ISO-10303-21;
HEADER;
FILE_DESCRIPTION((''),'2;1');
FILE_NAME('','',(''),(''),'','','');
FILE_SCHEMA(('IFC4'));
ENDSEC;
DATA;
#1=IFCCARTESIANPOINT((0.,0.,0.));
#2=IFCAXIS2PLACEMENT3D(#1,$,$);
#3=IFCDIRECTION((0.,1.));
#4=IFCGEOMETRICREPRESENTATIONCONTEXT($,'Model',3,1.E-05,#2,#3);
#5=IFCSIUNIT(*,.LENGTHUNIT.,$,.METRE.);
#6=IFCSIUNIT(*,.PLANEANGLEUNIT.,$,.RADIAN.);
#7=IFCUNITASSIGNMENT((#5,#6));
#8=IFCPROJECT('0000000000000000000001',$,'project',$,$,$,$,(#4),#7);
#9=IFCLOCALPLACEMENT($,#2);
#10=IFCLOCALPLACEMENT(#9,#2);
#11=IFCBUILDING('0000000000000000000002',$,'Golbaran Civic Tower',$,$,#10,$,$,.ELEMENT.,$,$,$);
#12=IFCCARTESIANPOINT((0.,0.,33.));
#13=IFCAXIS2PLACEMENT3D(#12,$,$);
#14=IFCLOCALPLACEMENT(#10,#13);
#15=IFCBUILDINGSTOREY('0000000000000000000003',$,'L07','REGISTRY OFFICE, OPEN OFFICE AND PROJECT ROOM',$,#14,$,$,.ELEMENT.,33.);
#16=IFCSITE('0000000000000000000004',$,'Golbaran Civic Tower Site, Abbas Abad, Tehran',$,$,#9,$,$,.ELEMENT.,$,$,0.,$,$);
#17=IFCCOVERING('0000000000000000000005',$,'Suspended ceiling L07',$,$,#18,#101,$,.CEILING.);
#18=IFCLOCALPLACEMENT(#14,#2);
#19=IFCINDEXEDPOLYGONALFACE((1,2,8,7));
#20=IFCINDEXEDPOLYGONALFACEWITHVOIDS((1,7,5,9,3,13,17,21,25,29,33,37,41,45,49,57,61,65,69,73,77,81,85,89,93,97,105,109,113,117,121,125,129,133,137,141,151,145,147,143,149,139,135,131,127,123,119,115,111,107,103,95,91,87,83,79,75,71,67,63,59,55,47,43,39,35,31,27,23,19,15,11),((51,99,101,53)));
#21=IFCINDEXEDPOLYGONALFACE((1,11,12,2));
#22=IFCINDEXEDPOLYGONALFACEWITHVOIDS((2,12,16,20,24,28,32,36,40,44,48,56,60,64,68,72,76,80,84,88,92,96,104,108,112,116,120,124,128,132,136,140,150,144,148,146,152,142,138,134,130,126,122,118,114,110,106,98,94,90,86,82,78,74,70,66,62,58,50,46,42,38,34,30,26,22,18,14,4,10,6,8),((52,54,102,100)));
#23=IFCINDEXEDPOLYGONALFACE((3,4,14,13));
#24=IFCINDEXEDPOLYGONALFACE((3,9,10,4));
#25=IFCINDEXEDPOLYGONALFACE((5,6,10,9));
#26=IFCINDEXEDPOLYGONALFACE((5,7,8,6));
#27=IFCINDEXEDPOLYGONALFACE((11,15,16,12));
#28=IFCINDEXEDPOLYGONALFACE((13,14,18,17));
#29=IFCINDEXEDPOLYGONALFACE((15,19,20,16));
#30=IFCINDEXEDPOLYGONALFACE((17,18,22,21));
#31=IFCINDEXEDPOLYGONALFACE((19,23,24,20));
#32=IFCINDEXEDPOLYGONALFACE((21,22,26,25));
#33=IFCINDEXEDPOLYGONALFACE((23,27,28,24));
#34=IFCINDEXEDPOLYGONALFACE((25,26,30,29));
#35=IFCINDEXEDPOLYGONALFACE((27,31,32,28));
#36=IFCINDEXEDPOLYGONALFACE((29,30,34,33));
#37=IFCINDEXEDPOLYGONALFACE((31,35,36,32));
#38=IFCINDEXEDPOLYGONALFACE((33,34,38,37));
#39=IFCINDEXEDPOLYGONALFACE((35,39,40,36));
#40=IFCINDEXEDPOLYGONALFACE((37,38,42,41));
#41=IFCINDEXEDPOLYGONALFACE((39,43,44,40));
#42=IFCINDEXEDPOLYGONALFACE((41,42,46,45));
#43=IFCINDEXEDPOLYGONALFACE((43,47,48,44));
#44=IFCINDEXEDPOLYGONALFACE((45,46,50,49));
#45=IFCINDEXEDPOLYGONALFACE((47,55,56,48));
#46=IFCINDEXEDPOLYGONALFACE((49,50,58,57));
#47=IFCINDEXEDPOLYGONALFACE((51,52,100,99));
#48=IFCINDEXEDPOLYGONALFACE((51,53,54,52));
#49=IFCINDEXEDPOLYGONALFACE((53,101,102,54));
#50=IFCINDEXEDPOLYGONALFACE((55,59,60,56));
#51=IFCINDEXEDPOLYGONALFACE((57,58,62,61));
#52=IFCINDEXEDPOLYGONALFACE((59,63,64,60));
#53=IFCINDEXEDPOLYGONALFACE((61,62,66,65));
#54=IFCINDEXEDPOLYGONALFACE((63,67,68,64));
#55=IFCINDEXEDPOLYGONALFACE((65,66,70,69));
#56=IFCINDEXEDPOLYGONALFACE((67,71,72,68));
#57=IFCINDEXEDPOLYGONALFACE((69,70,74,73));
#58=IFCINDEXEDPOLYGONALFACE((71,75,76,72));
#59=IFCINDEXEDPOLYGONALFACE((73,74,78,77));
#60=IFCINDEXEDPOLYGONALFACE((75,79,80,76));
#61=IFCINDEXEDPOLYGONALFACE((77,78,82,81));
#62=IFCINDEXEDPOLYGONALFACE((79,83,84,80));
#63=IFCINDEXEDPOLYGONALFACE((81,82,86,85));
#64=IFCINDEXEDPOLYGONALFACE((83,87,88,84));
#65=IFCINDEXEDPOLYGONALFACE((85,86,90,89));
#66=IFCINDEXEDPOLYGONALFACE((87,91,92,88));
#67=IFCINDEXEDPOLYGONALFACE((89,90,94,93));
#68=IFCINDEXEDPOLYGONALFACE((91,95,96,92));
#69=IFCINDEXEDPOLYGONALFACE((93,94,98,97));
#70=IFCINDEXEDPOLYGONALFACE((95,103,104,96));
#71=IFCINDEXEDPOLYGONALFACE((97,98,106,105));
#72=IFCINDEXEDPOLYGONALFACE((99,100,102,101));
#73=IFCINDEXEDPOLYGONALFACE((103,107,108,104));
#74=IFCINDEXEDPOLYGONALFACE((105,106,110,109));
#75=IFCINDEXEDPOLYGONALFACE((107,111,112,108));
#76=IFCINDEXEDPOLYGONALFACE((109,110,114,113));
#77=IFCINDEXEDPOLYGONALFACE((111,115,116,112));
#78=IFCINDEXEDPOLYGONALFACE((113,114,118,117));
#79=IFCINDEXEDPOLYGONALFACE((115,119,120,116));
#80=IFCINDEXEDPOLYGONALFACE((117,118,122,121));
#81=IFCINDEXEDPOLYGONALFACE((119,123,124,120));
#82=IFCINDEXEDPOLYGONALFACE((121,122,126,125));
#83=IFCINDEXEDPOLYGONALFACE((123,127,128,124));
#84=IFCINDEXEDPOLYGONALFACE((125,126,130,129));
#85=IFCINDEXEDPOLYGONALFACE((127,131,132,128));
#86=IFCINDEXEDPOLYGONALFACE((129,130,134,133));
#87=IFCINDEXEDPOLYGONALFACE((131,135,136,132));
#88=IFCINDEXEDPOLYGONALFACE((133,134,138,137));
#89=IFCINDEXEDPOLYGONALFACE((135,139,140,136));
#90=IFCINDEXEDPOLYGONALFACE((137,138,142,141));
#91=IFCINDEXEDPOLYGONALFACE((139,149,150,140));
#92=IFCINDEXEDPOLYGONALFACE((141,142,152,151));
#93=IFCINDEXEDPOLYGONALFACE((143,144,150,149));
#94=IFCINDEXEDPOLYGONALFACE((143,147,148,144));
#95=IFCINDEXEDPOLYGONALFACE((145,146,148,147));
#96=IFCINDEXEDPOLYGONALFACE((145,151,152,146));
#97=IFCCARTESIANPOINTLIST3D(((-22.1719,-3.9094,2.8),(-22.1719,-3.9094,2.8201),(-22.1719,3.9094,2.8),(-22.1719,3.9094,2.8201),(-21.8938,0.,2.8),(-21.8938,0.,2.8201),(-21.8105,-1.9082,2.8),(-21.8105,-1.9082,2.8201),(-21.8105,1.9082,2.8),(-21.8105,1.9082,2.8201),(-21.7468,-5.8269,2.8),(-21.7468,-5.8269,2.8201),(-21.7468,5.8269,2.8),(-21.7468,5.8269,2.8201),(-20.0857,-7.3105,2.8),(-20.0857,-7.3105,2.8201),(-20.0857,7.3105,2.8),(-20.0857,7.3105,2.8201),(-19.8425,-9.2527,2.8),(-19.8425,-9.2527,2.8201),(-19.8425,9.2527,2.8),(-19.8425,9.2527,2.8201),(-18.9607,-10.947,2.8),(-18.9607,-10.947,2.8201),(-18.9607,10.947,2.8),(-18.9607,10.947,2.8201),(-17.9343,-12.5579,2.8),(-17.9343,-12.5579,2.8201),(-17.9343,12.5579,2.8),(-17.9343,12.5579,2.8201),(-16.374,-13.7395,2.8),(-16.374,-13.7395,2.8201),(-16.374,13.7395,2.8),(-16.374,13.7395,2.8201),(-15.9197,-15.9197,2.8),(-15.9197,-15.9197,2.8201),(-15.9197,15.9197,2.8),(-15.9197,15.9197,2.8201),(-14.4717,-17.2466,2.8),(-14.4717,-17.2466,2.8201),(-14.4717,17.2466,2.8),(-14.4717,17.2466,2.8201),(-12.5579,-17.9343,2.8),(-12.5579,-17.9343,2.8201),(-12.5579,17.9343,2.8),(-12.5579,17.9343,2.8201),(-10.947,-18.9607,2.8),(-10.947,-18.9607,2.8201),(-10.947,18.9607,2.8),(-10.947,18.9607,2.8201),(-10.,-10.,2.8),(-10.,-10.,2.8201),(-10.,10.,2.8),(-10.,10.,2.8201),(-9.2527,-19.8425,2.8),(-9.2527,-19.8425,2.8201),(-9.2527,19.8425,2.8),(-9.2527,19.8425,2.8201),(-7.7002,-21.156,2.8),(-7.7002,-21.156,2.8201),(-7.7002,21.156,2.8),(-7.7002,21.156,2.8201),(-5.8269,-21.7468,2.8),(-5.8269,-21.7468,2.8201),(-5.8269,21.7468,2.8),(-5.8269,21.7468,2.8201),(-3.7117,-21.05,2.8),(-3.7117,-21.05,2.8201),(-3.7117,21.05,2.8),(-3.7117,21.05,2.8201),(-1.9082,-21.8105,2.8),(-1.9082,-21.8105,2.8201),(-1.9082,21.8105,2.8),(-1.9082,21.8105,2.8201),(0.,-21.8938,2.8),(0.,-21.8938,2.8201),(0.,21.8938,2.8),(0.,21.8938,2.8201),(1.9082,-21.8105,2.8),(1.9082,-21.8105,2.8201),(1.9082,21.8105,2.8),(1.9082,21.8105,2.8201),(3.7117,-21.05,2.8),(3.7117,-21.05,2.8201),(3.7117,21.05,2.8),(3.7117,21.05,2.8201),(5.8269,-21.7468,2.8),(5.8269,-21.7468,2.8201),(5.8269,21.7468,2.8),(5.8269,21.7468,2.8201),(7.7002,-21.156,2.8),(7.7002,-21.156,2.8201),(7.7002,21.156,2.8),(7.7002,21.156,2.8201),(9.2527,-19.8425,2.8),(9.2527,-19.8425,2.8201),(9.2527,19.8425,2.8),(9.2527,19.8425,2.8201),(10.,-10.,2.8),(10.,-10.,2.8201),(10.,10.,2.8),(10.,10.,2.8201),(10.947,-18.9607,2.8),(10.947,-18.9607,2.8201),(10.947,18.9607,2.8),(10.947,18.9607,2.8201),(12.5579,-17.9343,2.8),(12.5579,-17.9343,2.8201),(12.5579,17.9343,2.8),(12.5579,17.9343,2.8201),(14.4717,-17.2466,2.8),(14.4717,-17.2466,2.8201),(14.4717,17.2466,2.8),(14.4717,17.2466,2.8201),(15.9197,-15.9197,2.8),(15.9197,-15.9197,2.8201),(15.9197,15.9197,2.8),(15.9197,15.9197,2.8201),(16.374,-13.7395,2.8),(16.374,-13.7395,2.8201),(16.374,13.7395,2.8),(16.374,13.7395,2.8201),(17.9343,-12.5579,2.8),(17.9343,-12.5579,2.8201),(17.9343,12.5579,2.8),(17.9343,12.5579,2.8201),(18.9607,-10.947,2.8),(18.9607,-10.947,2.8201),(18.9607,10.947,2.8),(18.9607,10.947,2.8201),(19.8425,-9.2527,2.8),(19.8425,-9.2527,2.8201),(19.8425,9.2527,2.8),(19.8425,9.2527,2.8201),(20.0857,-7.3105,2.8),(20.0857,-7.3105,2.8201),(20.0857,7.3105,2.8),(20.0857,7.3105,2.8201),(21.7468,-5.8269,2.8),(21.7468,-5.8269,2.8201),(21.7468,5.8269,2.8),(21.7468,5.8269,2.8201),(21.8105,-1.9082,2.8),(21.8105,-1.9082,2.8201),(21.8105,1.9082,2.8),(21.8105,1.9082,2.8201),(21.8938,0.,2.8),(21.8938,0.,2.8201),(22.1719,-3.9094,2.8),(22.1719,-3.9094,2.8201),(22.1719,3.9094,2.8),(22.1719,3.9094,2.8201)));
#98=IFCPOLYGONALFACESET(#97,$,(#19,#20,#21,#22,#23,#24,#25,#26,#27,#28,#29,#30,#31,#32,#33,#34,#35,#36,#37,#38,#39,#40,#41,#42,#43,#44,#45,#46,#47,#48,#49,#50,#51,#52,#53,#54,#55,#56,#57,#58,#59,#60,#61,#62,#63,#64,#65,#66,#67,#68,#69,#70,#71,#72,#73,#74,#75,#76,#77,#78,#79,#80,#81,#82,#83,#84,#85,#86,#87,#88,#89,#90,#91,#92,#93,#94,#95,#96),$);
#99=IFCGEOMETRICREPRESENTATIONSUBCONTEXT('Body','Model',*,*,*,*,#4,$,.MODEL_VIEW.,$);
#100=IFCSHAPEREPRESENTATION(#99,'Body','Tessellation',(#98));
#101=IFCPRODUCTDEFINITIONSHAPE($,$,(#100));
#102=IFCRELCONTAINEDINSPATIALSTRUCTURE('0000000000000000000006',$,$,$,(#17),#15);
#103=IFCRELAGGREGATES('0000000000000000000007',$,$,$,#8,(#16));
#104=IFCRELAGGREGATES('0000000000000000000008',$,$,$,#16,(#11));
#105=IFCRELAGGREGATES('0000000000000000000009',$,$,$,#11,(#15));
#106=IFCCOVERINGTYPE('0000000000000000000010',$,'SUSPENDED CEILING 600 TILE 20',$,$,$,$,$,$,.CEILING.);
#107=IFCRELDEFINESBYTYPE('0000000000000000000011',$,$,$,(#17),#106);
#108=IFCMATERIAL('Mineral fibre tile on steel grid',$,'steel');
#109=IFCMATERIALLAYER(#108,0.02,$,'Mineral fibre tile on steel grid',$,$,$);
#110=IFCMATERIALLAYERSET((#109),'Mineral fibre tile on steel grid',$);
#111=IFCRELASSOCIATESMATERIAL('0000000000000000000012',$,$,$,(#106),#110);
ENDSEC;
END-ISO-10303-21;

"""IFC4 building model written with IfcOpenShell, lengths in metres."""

from ifc_helpers import new_model, si_unit, direction, frame, origin, place, context, subcontext, project, spatial, polyline, outline, extrude, material, layer, layer_set, type_object, element, save


model = new_model("IFC4")

# Units and contexts
model_context = context("Model", 3, precision=1e-05, world=origin(), true_north=direction((0.0, 1.0)))
body_context = subcontext(model_context, "Body", "Model", "MODEL_VIEW")
ifc_project = project(units=[si_unit("LENGTHUNIT", "METRE"), si_unit("PLANEANGLEUNIT", "RADIAN")], contexts=[model_context])

# Site, building, storey
site_placement = place(None, origin())
site = spatial("IfcSite", under=ifc_project, at=site_placement, Name="Golbaran Civic Tower Site, Abbas Abad, Tehran", CompositionType="ELEMENT", RefElevation=0.0)
building_placement = place(site_placement, origin())
building = spatial("IfcBuilding", under=site, at=building_placement, Name="Golbaran Civic Tower", CompositionType="ELEMENT")
storey_placement = place(building_placement, frame((0.0, 0.0, 33.0)))
storey = spatial("IfcBuildingStorey", under=building, at=storey_placement, Name="L07", Description="REGISTRY OFFICE, OPEN OFFICE AND PROJECT ROOM", CompositionType="ELEMENT", Elevation=33.0)

# Covering
ifc_material_1 = material(Name="Mineral fibre tile on steel grid", Category="steel")
ifc_layer_1 = layer(ifc_material_1, 0.02, Name="Mineral fibre tile on steel grid")
ifc_layer_set_1 = layer_set([ifc_layer_1], Name="Mineral fibre tile on steel grid")
covering_type = type_object("IfcCoveringType", Name="SUSPENDED CEILING 600 TILE 20", PredefinedType="CEILING", material=ifc_layer_set_1)
covering_placement = place(storey_placement, frame((0.0, 0.0, 2.8)))
element("IfcCovering", 1, at=covering_placement, inside=storey, type_object=covering_type, Name="Suspended ceiling L07", PredefinedType="CEILING", context=body_context, shape_type="SweptSolid", body=[
    extrude(outline(polyline([(-21.7468, 5.8269), (-20.0857, 7.3105), (-19.8425, 9.2527), (-18.9607, 10.947), (-17.9343, 12.5579), (-16.374, 13.7395), (-15.9197, 15.9197), (-14.4717, 17.2466), (-12.5579, 17.9343), (-10.947, 18.9607), (-9.2527, 19.8425), (-7.7002, 21.156), (-5.8269, 21.7468), (-3.7117, 21.05), (-1.9082, 21.8105), (0.0, 21.8938), (1.9082, 21.8105), (3.7117, 21.05), (5.8269, 21.7468), (7.7002, 21.156), (9.2527, 19.8425), (10.947, 18.9607), (12.5579, 17.9343), (14.4717, 17.2466), (15.9197, 15.9197), (16.374, 13.7395), (17.9343, 12.5579), (18.9607, 10.947), (19.8425, 9.2527), (20.0857, 7.3105), (21.7468, 5.8269), (22.1719, 3.9094), (21.8105, 1.9082), (21.8938, 0.0), (21.8105, -1.9082), (22.1719, -3.9094), (21.7468, -5.8269), (20.0857, -7.3105), (19.8425, -9.2527), (18.9607, -10.947), (17.9343, -12.5579), (16.374, -13.7395), (15.9197, -15.9197), (14.4717, -17.2466), (12.5579, -17.9343), (10.947, -18.9607), (9.2527, -19.8425), (7.7002, -21.156), (5.8269, -21.7468), (3.7117, -21.05), (1.9082, -21.8105), (0.0, -21.8938), (-1.9082, -21.8105), (-3.7117, -21.05), (-5.8269, -21.7468), (-7.7002, -21.156), (-9.2527, -19.8425), (-10.947, -18.9607), (-12.5579, -17.9343), (-14.4717, -17.2466), (-15.9197, -15.9197), (-16.374, -13.7395), (-17.9343, -12.5579), (-18.9607, -10.947), (-19.8425, -9.2527), (-20.0857, -7.3105), (-21.7468, -5.8269), (-22.1719, -3.9094), (-21.8105, -1.9082), (-21.8938, 0.0), (-21.8105, 1.9082), (-22.1719, 3.9094), (-21.7468, 5.8269)]), holes=[polyline([(-10.0, 10.0), (-10.0, -10.0), (10.0, -10.0), (10.0, 10.0), (-10.0, 10.0)])]), origin(), (0.0, 0.0, 1.0), 0.02),
])

save(model, "model.ifc")
